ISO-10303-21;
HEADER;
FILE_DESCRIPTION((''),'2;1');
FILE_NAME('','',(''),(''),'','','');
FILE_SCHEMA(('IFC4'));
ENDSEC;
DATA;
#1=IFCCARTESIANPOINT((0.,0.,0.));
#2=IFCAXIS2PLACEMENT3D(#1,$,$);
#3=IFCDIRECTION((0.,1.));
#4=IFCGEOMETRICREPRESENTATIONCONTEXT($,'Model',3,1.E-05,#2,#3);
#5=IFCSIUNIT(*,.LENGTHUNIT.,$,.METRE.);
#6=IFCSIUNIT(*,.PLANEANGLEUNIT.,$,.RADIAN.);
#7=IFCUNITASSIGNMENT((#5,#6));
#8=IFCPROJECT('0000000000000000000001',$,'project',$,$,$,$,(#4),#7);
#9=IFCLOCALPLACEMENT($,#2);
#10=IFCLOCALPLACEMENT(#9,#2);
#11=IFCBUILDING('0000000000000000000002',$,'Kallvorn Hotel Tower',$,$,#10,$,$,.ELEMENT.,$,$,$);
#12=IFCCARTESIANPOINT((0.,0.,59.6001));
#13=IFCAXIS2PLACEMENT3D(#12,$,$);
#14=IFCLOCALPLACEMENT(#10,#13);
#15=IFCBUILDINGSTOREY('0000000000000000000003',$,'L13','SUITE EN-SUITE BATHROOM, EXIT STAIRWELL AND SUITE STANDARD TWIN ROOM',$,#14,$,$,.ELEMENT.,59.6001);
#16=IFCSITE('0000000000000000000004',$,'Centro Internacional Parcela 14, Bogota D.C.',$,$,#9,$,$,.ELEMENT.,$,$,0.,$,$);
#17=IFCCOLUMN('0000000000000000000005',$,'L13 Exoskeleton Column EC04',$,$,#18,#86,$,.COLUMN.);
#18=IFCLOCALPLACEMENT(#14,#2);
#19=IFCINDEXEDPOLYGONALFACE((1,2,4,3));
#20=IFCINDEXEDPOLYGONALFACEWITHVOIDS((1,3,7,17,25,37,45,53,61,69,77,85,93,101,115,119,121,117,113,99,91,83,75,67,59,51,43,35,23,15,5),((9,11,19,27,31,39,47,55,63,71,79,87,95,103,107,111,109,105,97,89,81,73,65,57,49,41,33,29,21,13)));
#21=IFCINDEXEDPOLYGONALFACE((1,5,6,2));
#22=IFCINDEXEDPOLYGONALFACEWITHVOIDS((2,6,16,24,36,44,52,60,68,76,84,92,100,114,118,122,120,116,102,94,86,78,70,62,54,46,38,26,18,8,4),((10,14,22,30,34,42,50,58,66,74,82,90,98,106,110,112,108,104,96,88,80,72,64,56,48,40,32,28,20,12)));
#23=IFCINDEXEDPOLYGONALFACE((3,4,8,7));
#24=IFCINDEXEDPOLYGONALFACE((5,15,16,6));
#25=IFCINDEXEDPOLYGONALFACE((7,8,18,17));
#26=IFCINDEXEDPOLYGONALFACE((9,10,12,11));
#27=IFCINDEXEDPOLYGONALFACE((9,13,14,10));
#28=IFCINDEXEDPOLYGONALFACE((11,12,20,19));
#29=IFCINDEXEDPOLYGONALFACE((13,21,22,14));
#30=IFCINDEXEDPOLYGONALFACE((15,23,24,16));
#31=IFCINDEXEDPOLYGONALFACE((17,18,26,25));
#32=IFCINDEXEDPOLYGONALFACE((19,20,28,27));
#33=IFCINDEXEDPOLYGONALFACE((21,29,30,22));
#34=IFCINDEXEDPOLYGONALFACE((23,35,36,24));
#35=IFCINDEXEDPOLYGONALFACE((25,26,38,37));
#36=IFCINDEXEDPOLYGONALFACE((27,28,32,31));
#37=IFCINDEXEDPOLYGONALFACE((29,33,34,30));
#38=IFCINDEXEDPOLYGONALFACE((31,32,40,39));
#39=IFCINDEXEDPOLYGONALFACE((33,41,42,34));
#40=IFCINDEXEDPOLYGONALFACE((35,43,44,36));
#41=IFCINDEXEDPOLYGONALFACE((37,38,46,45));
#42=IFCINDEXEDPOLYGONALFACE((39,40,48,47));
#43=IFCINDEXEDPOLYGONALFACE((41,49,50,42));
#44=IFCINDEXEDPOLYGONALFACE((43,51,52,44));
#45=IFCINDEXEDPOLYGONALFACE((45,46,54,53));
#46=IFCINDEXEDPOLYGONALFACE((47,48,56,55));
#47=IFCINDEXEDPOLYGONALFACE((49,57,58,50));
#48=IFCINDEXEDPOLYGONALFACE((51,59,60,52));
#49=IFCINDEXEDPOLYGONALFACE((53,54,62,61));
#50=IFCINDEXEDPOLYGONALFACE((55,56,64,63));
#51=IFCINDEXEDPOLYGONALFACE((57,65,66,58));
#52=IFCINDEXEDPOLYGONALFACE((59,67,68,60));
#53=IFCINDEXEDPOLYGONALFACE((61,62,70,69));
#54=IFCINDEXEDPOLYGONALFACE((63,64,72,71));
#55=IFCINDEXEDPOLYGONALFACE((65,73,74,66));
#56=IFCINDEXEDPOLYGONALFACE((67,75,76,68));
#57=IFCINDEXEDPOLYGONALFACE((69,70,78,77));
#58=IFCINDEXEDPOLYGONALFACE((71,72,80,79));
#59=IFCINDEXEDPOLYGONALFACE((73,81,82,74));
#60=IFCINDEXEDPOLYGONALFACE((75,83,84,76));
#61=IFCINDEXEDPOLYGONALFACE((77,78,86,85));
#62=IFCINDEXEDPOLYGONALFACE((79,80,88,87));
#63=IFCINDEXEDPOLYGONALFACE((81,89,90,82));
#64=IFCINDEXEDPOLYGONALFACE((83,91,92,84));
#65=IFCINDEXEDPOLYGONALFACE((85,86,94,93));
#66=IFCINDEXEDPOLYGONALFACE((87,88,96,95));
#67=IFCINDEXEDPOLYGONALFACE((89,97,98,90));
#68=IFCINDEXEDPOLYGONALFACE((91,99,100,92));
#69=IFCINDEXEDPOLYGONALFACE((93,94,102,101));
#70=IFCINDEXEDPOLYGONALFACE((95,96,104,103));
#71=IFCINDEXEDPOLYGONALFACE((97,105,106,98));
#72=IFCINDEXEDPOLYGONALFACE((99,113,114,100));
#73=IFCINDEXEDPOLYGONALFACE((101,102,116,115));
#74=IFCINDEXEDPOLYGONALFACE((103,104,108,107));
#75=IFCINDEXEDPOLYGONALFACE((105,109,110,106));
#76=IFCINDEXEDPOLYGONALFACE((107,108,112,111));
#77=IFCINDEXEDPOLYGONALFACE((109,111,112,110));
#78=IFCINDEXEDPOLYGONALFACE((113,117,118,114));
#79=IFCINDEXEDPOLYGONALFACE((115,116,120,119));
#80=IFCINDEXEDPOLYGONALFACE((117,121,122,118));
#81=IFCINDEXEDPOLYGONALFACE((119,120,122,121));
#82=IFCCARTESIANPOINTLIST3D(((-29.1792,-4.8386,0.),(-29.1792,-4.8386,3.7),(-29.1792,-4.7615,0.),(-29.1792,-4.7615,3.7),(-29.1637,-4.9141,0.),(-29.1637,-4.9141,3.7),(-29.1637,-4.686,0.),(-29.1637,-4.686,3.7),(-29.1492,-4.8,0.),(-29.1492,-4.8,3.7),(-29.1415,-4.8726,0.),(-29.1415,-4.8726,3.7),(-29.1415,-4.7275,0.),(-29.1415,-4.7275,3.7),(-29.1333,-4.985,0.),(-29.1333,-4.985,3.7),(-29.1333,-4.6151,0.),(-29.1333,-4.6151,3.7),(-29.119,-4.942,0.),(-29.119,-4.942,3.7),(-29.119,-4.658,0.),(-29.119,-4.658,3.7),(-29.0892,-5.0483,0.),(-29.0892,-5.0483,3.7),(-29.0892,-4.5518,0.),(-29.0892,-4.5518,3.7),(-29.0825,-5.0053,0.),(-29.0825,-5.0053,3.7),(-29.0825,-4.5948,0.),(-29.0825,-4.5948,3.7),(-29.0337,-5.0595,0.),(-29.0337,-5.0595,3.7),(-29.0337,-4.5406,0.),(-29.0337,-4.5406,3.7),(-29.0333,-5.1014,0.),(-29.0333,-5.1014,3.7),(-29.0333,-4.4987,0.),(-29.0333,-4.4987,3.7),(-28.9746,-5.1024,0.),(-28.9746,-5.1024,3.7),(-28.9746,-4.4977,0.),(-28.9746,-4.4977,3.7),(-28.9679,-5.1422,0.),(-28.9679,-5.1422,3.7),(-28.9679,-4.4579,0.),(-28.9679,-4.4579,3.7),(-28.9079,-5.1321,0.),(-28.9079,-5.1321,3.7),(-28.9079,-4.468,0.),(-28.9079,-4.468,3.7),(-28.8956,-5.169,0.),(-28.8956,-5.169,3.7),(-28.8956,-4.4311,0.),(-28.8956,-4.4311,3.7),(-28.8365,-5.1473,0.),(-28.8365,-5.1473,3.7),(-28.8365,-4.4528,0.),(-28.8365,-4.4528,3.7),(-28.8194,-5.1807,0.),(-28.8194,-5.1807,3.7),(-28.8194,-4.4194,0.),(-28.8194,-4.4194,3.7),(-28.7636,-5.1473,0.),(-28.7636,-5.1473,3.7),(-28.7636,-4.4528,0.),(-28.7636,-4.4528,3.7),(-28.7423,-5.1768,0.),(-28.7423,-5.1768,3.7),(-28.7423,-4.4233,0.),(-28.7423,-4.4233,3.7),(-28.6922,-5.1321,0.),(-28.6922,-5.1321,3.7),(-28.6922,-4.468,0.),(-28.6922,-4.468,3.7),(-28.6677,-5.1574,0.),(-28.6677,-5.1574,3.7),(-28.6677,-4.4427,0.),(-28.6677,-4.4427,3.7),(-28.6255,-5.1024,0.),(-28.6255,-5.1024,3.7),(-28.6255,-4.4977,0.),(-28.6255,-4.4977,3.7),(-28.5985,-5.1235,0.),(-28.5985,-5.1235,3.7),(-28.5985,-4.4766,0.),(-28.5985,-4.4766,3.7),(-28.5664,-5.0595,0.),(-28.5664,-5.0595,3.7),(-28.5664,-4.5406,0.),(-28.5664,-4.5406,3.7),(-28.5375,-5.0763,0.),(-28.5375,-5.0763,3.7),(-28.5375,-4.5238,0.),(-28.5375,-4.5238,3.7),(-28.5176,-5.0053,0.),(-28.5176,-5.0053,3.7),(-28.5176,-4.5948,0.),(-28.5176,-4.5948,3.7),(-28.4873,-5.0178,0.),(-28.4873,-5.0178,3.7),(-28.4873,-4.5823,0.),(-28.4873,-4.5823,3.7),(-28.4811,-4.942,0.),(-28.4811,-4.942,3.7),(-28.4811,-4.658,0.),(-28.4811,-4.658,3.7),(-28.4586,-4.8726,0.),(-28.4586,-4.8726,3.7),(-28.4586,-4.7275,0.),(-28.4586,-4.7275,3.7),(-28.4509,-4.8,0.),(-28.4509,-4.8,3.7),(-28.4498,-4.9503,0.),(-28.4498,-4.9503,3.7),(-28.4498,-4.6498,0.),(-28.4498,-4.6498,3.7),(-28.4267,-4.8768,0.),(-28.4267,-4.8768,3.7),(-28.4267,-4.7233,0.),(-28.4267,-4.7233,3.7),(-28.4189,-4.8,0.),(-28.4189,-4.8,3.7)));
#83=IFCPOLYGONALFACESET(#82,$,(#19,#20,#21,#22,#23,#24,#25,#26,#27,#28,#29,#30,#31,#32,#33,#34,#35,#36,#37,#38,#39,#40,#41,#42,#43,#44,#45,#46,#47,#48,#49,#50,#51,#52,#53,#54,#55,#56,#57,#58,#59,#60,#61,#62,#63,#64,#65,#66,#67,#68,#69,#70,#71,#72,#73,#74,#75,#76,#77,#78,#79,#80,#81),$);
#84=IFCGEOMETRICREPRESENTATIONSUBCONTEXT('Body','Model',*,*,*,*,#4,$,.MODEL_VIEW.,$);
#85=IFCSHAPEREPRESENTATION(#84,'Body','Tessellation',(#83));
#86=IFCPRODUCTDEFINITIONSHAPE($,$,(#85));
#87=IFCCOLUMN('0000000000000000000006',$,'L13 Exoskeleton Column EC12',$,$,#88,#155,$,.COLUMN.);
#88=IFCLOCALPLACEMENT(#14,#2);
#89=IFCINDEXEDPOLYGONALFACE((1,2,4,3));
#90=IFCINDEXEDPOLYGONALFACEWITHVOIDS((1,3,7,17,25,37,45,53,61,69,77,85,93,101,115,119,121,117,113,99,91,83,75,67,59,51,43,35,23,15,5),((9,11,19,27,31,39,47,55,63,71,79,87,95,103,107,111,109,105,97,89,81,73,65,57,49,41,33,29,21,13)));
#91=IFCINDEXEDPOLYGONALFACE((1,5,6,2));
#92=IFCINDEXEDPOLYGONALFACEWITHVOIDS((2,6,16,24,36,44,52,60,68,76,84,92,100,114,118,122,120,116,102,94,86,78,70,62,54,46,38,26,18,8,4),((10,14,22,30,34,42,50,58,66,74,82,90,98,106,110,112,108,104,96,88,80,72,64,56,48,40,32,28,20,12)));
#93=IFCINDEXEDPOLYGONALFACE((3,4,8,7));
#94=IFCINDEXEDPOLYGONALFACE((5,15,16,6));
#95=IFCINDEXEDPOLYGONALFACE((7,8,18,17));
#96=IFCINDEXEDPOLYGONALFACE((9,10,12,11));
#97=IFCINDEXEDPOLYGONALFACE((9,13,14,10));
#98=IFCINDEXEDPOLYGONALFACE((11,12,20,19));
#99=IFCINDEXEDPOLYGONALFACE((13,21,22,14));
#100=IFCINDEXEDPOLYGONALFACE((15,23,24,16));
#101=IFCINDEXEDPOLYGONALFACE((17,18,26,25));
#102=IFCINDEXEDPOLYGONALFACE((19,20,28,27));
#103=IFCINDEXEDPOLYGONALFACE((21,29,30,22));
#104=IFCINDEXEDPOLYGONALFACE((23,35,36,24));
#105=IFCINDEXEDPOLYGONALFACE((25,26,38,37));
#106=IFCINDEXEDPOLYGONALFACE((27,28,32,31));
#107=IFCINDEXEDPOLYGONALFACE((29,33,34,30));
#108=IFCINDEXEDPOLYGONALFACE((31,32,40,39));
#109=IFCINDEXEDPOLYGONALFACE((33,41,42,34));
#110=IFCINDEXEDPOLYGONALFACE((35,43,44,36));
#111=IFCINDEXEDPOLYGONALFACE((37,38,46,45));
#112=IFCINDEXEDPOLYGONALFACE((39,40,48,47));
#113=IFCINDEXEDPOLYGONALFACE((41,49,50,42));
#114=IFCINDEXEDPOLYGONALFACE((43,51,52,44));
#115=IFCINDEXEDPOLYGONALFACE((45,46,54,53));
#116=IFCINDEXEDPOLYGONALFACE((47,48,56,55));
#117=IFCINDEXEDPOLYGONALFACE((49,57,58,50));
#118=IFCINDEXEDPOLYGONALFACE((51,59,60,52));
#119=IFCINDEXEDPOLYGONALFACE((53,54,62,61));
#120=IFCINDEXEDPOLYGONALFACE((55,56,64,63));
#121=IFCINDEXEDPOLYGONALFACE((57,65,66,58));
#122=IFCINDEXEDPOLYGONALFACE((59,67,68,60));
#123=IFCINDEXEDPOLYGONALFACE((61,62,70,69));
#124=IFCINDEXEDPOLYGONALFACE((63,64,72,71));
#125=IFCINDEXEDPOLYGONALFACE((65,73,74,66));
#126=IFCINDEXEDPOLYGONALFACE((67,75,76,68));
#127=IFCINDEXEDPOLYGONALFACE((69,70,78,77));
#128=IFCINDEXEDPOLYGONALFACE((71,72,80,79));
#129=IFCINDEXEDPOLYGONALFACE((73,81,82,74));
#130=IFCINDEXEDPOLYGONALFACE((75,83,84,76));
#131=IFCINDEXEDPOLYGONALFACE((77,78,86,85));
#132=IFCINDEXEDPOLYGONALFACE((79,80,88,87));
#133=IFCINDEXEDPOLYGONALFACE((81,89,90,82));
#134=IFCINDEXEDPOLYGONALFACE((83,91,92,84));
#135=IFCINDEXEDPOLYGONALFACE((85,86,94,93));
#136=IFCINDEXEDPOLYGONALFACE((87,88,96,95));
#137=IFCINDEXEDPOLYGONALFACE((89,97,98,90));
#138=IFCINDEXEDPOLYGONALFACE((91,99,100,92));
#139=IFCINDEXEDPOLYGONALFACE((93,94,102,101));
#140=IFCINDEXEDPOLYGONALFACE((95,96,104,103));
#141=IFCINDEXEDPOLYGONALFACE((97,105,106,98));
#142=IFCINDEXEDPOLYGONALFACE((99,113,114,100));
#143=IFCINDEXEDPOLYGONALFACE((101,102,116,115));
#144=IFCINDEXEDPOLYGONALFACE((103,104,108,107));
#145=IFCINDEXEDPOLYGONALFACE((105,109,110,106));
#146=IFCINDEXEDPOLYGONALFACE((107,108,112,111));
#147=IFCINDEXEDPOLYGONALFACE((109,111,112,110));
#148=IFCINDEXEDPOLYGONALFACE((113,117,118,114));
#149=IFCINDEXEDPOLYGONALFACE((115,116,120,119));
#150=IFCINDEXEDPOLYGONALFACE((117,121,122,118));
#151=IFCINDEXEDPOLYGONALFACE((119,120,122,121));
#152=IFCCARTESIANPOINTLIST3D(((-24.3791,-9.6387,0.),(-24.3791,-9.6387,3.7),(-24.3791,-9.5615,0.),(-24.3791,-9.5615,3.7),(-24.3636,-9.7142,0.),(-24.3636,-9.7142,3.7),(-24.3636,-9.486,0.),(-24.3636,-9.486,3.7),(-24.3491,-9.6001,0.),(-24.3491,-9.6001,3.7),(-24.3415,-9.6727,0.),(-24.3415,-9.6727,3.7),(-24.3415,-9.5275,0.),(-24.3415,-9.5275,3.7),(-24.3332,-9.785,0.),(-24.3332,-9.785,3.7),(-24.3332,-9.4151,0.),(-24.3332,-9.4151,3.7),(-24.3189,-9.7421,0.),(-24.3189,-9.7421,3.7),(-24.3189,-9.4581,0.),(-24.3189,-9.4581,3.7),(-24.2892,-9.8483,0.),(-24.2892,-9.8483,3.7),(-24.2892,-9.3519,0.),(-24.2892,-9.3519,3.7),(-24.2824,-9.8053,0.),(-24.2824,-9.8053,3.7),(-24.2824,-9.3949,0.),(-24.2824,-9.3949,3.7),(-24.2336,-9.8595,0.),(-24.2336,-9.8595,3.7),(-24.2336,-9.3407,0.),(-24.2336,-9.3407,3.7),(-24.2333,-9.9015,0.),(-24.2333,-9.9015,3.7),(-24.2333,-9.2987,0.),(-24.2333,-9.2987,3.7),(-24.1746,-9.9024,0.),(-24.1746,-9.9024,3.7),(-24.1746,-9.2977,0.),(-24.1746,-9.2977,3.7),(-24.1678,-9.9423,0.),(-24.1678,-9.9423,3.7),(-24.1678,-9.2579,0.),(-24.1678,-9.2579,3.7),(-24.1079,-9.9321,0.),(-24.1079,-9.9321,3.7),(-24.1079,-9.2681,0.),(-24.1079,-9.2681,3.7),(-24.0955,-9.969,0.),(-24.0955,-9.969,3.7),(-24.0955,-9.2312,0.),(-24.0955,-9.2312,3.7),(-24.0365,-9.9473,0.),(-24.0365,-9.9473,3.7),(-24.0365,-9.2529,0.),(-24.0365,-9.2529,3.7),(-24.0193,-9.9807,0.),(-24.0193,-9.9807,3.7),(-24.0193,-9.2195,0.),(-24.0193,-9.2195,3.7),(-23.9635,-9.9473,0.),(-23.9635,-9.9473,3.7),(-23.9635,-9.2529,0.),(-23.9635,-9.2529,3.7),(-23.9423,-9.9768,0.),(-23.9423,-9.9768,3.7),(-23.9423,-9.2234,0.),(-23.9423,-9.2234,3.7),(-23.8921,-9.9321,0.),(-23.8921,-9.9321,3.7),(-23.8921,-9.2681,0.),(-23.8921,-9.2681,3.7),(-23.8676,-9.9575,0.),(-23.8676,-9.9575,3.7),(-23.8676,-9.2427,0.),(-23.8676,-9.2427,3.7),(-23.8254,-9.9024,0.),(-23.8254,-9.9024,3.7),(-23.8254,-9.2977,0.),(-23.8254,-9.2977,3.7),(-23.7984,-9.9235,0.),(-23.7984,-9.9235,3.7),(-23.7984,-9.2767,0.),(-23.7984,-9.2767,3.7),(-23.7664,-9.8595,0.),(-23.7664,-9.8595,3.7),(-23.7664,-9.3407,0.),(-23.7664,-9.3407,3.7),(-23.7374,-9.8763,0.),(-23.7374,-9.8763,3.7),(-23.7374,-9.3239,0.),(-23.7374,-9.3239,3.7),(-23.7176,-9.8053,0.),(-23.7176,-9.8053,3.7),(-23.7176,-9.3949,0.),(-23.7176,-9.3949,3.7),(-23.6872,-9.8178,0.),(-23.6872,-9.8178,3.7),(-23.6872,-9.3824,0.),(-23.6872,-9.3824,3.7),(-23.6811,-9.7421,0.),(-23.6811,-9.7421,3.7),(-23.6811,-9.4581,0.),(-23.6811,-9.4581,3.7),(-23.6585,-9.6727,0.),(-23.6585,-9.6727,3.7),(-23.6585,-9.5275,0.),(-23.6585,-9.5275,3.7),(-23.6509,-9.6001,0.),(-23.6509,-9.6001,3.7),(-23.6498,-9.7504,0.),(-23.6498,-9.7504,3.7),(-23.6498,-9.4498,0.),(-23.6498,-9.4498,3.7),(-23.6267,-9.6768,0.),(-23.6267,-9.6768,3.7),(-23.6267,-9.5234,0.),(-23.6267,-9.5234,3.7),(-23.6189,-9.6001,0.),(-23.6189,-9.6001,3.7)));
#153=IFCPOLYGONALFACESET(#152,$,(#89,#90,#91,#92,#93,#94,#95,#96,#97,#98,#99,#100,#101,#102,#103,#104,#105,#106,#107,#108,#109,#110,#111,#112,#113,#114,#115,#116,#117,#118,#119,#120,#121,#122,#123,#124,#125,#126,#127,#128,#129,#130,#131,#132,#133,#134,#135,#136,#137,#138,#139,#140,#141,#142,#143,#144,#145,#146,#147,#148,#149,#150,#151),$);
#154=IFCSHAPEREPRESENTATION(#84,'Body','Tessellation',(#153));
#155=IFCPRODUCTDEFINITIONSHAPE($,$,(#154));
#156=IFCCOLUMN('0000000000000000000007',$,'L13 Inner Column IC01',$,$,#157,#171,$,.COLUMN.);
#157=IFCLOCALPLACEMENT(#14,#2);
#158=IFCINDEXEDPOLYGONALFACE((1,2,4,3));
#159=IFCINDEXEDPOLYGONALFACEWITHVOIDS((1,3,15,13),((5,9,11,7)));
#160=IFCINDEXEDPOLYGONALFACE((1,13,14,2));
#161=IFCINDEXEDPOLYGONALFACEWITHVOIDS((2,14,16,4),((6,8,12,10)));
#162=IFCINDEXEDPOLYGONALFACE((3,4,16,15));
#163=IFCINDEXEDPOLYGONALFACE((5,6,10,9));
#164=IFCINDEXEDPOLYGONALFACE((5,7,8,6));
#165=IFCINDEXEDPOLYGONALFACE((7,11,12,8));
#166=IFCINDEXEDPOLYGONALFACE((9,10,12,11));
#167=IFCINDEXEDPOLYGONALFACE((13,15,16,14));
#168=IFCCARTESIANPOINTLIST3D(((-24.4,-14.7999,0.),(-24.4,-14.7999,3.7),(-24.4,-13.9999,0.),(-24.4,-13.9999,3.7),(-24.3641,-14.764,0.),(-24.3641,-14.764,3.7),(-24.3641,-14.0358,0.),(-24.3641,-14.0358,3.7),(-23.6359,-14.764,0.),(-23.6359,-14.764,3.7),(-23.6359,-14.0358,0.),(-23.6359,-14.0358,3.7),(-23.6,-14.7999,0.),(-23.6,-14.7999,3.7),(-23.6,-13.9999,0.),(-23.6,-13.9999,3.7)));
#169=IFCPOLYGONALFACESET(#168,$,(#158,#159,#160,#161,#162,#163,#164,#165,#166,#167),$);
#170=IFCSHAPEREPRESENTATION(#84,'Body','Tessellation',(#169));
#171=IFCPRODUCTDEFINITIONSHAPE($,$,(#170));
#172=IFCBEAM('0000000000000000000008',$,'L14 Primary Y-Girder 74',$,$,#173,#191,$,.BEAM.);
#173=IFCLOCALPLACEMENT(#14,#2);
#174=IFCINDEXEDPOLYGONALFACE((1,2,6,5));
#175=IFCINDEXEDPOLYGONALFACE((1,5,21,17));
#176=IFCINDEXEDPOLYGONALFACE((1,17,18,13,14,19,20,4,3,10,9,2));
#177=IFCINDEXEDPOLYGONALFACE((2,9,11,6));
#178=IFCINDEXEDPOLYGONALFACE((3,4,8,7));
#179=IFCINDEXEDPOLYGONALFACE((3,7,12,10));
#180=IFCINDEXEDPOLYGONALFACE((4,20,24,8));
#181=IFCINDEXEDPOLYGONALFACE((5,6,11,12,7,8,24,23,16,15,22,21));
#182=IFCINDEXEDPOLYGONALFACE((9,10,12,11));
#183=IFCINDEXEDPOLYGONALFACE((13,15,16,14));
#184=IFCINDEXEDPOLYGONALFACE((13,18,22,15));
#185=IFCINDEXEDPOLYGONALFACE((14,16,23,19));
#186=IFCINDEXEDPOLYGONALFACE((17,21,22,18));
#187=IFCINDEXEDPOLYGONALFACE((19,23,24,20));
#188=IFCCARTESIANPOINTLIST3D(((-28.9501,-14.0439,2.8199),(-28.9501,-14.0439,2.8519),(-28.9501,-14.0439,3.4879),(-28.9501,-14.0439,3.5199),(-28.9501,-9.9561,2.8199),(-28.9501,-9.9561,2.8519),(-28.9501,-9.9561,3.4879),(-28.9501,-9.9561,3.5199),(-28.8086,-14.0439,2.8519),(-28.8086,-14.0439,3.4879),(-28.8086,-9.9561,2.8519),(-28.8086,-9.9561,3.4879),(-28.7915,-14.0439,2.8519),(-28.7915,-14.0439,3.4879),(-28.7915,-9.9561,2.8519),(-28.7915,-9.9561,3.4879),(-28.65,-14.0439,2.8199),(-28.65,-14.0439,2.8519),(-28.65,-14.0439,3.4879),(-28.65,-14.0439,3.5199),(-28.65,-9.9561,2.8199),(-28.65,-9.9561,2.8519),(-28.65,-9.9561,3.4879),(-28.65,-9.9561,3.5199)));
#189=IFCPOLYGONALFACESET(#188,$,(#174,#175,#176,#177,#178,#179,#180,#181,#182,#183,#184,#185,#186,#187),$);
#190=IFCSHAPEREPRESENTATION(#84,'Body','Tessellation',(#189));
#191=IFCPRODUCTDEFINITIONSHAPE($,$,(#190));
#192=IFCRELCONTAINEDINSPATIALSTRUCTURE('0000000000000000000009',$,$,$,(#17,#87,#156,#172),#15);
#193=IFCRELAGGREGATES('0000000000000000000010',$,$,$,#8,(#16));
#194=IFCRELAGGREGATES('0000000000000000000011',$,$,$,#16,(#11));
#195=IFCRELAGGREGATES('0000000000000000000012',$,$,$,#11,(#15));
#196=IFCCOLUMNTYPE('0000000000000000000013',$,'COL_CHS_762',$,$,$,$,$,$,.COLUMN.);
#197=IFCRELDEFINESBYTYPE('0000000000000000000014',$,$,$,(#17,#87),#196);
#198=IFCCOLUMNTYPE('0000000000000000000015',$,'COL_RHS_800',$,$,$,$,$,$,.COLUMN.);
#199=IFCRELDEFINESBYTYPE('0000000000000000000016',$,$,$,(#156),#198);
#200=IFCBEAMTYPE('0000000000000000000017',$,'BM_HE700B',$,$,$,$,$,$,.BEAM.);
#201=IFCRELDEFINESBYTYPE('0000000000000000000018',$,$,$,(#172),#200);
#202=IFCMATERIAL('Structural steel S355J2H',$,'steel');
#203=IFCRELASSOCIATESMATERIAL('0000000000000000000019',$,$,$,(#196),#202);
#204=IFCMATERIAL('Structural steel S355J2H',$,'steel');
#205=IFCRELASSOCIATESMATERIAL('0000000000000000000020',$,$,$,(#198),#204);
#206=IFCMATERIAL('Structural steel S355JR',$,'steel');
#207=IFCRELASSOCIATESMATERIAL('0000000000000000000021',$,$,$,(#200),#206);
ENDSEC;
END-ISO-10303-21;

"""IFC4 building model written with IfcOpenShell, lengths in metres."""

from ifc_helpers import new_model, si_unit, direction, frame, origin, origin_2d, place, context, subcontext, project, spatial, hollow_rectangle, hollow_circle, i_section, extrude, material, material_profile, profile_set, type_object, element, save


model = new_model("IFC4")

# Units and contexts
model_context = context("Model", 3, precision=1e-05, world=origin(), true_north=direction((0.0, 1.0)))
body_context = subcontext(model_context, "Body", "Model", "MODEL_VIEW")
ifc_project = project(units=[si_unit("LENGTHUNIT", "METRE"), si_unit("PLANEANGLEUNIT", "RADIAN")], contexts=[model_context])

# Site, building, storey
site_placement = place(None, origin())
site = spatial("IfcSite", under=ifc_project, at=site_placement, Name="Centro Internacional Parcela 14, Bogota D.C.", CompositionType="ELEMENT", RefElevation=0.0)
building_placement = place(site_placement, origin())
building = spatial("IfcBuilding", under=site, at=building_placement, Name="Kallvorn Hotel Tower", CompositionType="ELEMENT")
storey_placement = place(building_placement, frame((0.0, 0.0, 59.6001)))
storey = spatial("IfcBuildingStorey", under=building, at=storey_placement, Name="L13", Description="SUITE EN-SUITE BATHROOM, EXIT STAIRWELL AND SUITE STANDARD TWIN ROOM", CompositionType="ELEMENT", Elevation=59.6001)

# Columns
ifc_material_1 = material(Name="Structural steel S355J2H", Category="steel")
ifc_material_profile_1 = material_profile(ifc_material_1, hollow_circle(Radius=0.3811, WallThickness=0.032, at=origin_2d()), Name="CHS 762x32")
ifc_profile_set_1 = profile_set([ifc_material_profile_1], Name="Structural steel S355J2H")
column_type_1 = type_object("IfcColumnType", Name="COL_CHS_762", PredefinedType="COLUMN", material=ifc_profile_set_1)
for number, where, z_axis, x_axis, name in (
    (1, (-28.8, -4.8, 0.0), (0.0, 0.0, 1.0), (1.0, 0.0, 0.0), "L13 Exoskeleton Column EC04"),
    (2, (-24.0, -9.6001, 0.0), (0.0, 0.0, 1.0), (1.0, 0.0, 0.0), "L13 Exoskeleton Column EC12"),
):
    element("IfcColumn", number, at=place(storey_placement, frame(where, z_axis=z_axis, x_axis=x_axis)), inside=storey, type_object=column_type_1, Name=name, PredefinedType="COLUMN", context=body_context, shape_type="SweptSolid", body=[
        extrude(hollow_circle(Radius=0.3811, WallThickness=0.032, at=origin_2d()), origin(), (0.0, 0.0, 1.0), 3.7),
    ])
ifc_material_2 = material(Name="Structural steel S355J2H", Category="steel")
ifc_material_profile_2 = material_profile(ifc_material_2, hollow_rectangle(XDim=0.8, YDim=0.8, WallThickness=0.0359, at=origin_2d()), Name="RHS 800x800x36")
ifc_profile_set_2 = profile_set([ifc_material_profile_2], Name="Structural steel S355J2H")
column_type_2 = type_object("IfcColumnType", Name="COL_RHS_800", PredefinedType="COLUMN", material=ifc_profile_set_2)
column_placement = place(storey_placement, frame((-24.0, -14.3999, 0.0), z_axis=(0.0, 0.0, 1.0), x_axis=(1.0, 0.0, 0.0)))
element("IfcColumn", 3, at=column_placement, inside=storey, type_object=column_type_2, Name="L13 Inner Column IC01", PredefinedType="COLUMN", context=body_context, shape_type="SweptSolid", body=[
    extrude(hollow_rectangle(XDim=0.8, YDim=0.8, WallThickness=0.0359, at=origin_2d()), origin(), (0.0, 0.0, 1.0), 3.7),
])

# Beam
ifc_material_3 = material(Name="Structural steel S355JR", Category="steel")
ifc_material_profile_3 = material_profile(ifc_material_3, i_section(OverallWidth=0.3, OverallDepth=0.7, WebThickness=0.0171, FlangeThickness=0.032, at=origin_2d()), Name="HE 700 B")
ifc_profile_set_3 = profile_set([ifc_material_profile_3], Name="Structural steel S355JR")
beam_type_1 = type_object("IfcBeamType", Name="BM_HE700B", PredefinedType="BEAM", material=ifc_profile_set_3)
for number, where, z_axis, x_axis, name in (
    (4, (-28.8, -14.0439, 3.1699), (0.0, 1.0, 0.0), (-1.0, 0.0, 0.0), "L14 Primary Y-Girder 74"),
):
    element("IfcBeam", number, at=place(storey_placement, frame(where, z_axis=z_axis, x_axis=x_axis)), inside=storey, type_object=beam_type_1, Name=name, PredefinedType="BEAM", context=body_context, shape_type="SweptSolid", body=[
        extrude(i_section(OverallWidth=0.3, OverallDepth=0.7, WebThickness=0.0171, FlangeThickness=0.032, at=origin_2d()), origin(), (0.0, 0.0, 1.0), 4.0879),
    ])

save(model, "model.ifc")
